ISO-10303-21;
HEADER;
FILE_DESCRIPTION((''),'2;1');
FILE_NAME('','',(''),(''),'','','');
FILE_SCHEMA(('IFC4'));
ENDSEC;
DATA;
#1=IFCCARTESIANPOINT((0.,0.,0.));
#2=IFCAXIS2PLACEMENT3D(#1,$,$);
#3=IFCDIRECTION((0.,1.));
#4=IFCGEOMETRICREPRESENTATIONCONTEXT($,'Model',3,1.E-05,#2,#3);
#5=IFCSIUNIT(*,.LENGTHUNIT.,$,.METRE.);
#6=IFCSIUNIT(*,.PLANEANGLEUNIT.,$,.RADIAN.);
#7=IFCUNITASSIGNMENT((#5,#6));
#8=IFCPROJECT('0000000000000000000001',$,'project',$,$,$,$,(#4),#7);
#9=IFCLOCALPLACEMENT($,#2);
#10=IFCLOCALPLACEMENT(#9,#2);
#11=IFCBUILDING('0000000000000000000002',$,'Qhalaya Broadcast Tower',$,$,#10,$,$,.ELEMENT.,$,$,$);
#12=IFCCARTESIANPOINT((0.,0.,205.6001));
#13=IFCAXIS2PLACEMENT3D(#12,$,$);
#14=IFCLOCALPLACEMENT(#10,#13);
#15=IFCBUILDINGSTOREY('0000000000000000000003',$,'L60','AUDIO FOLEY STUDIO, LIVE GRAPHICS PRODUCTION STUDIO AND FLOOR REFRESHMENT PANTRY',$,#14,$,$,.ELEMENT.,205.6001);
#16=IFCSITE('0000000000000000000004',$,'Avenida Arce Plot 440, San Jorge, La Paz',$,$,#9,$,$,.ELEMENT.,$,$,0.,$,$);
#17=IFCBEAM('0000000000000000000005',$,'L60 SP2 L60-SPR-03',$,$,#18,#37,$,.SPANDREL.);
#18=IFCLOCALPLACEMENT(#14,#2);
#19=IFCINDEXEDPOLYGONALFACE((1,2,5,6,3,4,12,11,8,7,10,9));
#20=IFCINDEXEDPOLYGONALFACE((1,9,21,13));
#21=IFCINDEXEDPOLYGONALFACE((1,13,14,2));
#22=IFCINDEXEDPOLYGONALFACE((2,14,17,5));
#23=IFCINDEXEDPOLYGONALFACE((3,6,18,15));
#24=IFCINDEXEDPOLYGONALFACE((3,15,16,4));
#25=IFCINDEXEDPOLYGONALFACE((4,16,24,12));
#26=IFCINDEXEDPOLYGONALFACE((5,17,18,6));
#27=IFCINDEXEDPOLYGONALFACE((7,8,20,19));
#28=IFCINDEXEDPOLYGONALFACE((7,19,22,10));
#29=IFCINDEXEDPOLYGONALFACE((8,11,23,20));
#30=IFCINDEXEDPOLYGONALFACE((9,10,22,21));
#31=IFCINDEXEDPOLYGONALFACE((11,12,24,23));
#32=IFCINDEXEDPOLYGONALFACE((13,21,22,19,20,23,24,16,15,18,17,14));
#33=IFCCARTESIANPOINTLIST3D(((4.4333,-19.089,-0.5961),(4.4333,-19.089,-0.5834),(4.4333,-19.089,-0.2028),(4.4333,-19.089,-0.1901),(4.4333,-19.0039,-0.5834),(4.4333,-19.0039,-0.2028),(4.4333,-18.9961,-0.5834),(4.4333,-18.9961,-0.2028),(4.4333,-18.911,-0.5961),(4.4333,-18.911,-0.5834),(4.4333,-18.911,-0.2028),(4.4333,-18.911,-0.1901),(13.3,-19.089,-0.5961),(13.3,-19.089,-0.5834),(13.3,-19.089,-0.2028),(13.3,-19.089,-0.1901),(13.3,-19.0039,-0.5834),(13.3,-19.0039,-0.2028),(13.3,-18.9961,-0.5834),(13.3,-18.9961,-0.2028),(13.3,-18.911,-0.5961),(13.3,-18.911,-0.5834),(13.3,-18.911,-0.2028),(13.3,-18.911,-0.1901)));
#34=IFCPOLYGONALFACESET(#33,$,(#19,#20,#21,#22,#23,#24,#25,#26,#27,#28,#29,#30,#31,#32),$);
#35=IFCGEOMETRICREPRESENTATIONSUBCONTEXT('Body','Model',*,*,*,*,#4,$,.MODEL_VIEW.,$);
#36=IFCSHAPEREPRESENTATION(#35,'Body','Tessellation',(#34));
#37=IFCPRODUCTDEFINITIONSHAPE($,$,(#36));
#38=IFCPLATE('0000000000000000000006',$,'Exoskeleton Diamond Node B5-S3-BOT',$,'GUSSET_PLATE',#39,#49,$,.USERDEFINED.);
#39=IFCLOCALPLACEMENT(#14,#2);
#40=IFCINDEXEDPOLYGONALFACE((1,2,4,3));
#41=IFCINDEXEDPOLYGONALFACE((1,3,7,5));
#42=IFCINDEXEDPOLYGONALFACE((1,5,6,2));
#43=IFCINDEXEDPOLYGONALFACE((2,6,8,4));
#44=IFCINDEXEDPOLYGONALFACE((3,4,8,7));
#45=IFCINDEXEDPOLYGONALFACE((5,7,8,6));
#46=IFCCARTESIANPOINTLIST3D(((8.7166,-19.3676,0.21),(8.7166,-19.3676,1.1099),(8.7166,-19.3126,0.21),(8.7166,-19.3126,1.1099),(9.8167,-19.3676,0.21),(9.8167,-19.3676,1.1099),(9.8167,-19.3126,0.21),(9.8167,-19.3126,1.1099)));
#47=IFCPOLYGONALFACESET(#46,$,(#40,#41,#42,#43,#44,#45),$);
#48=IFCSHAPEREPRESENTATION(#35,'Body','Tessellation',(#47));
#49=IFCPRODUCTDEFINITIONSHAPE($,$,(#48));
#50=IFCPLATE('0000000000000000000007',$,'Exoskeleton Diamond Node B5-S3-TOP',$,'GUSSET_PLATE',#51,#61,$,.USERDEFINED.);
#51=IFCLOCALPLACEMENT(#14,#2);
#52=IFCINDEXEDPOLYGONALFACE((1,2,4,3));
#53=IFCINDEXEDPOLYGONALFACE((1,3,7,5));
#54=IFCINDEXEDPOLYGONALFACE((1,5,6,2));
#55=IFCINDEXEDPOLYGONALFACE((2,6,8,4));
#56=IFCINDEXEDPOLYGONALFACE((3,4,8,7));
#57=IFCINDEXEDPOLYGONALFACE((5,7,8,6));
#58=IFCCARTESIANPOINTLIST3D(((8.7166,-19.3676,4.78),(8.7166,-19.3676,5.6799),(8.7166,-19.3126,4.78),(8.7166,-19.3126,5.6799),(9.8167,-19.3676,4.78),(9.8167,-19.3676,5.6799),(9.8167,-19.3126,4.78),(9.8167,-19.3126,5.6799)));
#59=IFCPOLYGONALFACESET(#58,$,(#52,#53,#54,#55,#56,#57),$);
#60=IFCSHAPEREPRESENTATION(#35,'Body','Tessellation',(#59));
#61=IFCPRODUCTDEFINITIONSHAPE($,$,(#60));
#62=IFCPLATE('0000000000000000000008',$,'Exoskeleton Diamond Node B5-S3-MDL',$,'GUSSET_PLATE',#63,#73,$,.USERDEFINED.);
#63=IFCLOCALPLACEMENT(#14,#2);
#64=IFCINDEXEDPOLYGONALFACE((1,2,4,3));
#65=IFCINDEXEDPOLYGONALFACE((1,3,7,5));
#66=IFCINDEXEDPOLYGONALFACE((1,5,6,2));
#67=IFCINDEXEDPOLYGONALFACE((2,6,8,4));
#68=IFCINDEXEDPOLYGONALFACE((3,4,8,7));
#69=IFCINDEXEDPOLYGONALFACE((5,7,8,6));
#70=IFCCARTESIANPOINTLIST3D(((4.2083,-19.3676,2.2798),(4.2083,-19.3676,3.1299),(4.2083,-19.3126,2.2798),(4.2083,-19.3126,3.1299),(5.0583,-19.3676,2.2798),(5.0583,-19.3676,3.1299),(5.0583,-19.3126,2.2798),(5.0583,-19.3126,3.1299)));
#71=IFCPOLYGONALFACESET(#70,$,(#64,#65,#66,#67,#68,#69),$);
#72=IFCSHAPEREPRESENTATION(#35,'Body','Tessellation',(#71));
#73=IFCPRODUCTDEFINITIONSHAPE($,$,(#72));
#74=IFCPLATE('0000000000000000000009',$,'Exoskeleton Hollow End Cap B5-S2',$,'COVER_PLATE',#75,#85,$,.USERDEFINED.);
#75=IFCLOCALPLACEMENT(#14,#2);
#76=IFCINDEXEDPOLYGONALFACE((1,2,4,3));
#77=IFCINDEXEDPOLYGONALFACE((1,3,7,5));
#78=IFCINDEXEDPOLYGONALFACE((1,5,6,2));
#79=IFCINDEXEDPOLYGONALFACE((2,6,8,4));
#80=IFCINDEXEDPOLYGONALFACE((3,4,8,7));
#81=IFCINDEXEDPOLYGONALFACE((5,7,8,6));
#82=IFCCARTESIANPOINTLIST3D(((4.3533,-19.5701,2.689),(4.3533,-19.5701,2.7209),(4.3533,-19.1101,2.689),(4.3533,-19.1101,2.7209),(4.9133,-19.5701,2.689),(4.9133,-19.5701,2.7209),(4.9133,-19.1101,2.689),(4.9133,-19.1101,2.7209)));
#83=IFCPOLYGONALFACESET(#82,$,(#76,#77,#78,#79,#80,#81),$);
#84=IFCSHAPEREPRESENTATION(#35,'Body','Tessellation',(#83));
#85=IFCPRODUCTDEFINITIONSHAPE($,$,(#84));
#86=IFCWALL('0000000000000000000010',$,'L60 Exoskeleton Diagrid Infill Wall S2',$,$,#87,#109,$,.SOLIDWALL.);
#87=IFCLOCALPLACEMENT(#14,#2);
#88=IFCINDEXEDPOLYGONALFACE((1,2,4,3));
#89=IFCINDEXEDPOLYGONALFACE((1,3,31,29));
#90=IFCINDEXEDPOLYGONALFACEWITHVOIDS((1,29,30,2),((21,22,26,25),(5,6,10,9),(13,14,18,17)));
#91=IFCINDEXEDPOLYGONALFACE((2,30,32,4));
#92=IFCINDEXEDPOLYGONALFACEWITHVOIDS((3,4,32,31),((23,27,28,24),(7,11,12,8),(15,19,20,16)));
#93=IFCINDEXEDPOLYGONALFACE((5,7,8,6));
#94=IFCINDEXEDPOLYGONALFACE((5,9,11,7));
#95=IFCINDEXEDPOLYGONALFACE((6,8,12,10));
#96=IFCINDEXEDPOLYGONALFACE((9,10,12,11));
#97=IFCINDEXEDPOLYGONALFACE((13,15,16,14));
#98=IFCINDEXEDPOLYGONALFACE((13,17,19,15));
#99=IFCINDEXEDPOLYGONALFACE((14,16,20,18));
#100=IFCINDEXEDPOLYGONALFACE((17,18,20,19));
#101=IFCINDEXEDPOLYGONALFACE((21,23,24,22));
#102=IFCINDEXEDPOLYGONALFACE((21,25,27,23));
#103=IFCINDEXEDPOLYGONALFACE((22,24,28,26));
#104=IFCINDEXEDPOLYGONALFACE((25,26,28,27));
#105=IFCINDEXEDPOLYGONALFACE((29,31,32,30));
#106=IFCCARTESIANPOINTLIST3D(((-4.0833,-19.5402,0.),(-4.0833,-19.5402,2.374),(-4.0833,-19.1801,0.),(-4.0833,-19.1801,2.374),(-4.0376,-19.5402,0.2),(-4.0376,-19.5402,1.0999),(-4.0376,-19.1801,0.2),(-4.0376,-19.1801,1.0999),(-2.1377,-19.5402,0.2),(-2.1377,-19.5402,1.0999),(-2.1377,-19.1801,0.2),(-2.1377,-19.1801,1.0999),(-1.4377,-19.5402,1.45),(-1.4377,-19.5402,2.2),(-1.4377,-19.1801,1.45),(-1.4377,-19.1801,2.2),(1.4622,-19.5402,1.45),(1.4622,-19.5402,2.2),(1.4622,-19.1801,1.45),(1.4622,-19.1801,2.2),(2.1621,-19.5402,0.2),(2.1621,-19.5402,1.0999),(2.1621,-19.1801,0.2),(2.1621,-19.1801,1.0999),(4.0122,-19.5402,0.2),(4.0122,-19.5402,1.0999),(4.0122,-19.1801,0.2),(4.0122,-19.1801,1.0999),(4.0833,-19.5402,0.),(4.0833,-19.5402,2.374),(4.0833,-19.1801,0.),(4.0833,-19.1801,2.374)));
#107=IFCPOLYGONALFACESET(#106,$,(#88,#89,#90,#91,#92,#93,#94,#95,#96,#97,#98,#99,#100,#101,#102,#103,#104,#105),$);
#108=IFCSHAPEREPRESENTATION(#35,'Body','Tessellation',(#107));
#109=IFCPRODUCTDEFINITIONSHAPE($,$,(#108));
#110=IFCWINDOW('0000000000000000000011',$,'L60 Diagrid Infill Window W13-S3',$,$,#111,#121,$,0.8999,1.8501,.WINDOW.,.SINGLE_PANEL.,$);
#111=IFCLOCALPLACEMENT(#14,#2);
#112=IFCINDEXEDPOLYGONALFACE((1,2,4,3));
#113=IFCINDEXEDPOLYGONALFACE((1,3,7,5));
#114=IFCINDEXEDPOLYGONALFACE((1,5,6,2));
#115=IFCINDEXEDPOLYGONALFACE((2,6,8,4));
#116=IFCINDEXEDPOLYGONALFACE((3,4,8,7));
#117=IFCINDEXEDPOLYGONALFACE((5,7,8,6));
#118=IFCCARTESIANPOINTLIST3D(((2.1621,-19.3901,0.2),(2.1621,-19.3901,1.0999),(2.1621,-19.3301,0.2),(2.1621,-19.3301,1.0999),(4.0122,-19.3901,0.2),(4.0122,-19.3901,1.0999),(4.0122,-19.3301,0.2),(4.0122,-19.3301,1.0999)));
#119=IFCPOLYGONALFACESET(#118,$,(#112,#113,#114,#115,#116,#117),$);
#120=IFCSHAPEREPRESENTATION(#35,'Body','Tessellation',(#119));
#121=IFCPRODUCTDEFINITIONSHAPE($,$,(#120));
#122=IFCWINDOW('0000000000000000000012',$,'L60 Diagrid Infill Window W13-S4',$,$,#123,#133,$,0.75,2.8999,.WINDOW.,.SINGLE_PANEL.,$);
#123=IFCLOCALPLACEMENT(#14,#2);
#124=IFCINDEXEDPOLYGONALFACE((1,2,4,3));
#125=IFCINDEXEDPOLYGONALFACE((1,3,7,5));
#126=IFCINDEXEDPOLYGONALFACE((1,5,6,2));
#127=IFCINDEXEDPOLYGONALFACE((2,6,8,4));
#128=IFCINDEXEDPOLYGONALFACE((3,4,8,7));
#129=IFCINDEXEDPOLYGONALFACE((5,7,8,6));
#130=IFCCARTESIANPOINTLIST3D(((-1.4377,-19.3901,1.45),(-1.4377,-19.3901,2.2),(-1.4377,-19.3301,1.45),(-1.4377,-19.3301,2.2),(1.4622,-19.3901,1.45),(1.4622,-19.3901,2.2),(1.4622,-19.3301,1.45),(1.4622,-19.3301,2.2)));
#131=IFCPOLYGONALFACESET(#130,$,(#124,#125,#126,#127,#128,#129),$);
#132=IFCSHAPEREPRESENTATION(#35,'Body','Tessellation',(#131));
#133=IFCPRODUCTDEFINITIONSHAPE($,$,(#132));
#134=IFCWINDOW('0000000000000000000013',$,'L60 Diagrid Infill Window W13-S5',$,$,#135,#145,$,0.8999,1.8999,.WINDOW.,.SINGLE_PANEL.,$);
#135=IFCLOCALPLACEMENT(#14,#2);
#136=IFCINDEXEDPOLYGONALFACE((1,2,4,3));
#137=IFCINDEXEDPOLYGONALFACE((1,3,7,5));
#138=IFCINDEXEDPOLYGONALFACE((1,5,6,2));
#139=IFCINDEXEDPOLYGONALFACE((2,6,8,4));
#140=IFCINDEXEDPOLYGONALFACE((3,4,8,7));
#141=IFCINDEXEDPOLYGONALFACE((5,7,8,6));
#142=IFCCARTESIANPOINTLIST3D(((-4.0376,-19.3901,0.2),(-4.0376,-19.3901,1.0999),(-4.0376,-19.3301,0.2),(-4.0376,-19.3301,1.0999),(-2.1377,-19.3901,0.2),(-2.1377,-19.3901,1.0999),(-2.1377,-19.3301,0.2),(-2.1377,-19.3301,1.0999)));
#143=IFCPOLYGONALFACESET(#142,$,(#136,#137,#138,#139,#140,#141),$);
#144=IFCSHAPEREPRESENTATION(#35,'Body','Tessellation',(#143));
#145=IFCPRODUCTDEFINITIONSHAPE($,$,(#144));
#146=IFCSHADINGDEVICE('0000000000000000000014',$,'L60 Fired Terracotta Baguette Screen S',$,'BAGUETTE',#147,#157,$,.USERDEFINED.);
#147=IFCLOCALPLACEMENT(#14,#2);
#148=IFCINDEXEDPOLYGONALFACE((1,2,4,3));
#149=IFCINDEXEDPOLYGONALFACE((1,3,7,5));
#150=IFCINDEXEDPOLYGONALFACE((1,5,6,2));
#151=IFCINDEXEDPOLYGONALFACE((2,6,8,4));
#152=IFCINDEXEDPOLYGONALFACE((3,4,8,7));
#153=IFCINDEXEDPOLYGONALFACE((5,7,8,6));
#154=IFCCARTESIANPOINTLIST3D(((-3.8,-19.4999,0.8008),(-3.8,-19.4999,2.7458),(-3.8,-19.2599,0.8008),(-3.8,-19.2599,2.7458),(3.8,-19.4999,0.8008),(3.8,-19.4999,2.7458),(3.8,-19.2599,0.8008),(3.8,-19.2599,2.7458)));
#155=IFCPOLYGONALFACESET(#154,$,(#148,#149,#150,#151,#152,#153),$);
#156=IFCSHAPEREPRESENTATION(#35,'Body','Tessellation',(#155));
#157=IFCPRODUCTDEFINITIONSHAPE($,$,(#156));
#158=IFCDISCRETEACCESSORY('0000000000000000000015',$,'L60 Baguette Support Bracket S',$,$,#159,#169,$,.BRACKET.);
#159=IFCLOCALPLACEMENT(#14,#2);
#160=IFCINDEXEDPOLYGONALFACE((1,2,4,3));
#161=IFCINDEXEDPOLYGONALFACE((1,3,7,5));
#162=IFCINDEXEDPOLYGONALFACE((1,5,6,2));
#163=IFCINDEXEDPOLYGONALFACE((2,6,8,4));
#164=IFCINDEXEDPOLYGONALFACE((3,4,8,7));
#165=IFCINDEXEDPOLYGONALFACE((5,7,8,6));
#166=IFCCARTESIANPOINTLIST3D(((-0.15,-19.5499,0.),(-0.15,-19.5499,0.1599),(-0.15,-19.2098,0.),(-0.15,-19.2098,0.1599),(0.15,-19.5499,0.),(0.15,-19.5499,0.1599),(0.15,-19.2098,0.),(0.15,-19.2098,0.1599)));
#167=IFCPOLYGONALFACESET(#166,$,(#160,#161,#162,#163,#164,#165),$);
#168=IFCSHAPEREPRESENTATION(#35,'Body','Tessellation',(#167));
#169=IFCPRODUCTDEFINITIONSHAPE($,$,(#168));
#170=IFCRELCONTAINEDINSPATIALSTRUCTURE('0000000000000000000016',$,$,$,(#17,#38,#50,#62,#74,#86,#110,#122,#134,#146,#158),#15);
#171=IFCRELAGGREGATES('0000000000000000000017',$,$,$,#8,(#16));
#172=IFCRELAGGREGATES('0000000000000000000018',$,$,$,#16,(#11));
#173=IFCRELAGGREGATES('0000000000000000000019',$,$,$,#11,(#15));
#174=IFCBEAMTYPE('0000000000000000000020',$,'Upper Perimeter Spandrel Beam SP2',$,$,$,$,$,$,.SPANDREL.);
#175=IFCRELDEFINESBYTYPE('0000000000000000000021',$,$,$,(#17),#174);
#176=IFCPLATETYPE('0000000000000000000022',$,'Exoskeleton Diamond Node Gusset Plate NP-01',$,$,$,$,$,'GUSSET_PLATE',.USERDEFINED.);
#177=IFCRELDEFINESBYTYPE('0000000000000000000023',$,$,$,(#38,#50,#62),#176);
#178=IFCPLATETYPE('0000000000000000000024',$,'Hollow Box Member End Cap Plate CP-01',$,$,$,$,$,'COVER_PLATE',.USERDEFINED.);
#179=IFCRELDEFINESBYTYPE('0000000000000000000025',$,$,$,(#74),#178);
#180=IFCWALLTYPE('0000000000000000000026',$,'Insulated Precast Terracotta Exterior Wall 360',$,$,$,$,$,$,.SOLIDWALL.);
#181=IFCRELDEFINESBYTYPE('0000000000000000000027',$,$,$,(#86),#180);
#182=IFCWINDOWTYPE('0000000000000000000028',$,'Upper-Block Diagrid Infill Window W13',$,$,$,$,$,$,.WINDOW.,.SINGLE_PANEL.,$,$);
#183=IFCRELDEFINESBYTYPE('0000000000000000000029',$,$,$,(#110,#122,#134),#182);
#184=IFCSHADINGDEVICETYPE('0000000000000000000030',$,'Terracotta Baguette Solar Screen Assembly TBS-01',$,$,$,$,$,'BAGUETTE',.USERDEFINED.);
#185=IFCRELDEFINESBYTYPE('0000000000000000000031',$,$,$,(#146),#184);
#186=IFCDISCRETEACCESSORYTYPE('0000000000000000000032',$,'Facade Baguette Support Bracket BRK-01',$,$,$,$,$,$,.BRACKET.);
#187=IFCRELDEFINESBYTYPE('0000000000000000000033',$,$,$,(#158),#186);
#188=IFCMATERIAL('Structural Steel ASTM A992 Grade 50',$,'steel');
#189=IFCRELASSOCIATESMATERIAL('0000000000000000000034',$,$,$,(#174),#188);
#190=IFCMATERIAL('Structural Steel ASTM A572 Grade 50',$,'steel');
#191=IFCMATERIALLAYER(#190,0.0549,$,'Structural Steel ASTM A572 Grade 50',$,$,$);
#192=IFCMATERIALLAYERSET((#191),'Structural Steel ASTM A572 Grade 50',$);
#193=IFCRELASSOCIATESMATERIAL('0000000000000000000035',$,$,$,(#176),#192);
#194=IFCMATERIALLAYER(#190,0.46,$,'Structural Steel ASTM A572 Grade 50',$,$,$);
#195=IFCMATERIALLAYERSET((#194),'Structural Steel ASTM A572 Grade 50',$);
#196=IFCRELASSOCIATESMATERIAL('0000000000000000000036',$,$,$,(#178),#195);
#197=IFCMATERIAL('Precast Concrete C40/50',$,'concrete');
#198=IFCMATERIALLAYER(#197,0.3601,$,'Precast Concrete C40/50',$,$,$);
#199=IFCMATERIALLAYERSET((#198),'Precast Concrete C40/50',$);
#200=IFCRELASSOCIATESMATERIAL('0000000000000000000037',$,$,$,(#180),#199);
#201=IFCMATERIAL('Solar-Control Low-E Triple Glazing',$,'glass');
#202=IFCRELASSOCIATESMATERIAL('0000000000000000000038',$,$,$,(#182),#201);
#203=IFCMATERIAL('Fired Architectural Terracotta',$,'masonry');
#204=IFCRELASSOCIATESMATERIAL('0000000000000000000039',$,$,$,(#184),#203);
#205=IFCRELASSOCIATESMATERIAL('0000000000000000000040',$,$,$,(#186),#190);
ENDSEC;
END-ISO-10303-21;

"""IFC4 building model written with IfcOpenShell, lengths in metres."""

from ifc_helpers import new_model, si_unit, direction, frame, frame_2d, origin, origin_2d, place, context, subcontext, project, spatial, rectangle, i_section, extrude, material, layer, layer_set, material_profile, profile_set, type_object, element, fill, save


model = new_model("IFC4")

# Units and contexts
model_context = context("Model", 3, precision=1e-05, world=origin(), true_north=direction((0.0, 1.0)))
body_context = subcontext(model_context, "Body", "Model", "MODEL_VIEW")
ifc_project = project(units=[si_unit("LENGTHUNIT", "METRE"), si_unit("PLANEANGLEUNIT", "RADIAN")], contexts=[model_context])

# Site, building, storey
site_placement = place(None, origin())
site = spatial("IfcSite", under=ifc_project, at=site_placement, Name="Avenida Arce Plot 440, San Jorge, La Paz", CompositionType="ELEMENT", RefElevation=0.0)
building_placement = place(site_placement, origin())
building = spatial("IfcBuilding", under=site, at=building_placement, Name="Qhalaya Broadcast Tower", CompositionType="ELEMENT")
storey_placement = place(building_placement, frame((0.0, 0.0, 205.6001)))
storey = spatial("IfcBuildingStorey", under=building, at=storey_placement, Name="L60", Description="AUDIO FOLEY STUDIO, LIVE GRAPHICS PRODUCTION STUDIO AND FLOOR REFRESHMENT PANTRY", CompositionType="ELEMENT", Elevation=205.6001)

# Shared definitions
ifc_material_1 = material(Name="Structural Steel ASTM A572 Grade 50", Category="steel")

# Shared definitions
ifc_material_2 = material(Name="Structural Steel ASTM A992 Grade 50", Category="steel")

# Beam
ifc_material_profile_1 = material_profile(ifc_material_2, i_section(OverallWidth=0.178, OverallDepth=0.406, WebThickness=0.0078, FlangeThickness=0.0127, at=origin_2d()), Name="W16X40")
ifc_profile_set_1 = profile_set([ifc_material_profile_1], Name="Structural Steel ASTM A992 Grade 50")
beam_type_1 = type_object("IfcBeamType", Name="Upper Perimeter Spandrel Beam SP2", PredefinedType="SPANDREL", material=ifc_profile_set_1)
beam_1_placement = place(storey_placement, frame((4.4333, -19.0, -0.3931), z_axis=(1.0, 0.0, 0.0), x_axis=(0.0, 1.0, 0.0)))
element("IfcBeam", 1, at=beam_1_placement, inside=storey, type_object=beam_type_1, Name="L60 SP2 L60-SPR-03", PredefinedType="SPANDREL", context=body_context, shape_type="SweptSolid", body=[
    extrude(i_section(OverallWidth=0.178, OverallDepth=0.406, WebThickness=0.0078, FlangeThickness=0.0127, at=origin_2d()), origin(), (0.0, 0.0, 1.0), 8.8667),
])

# Plates
ifc_layer_1 = layer(ifc_material_1, 0.0549, Name="Structural Steel ASTM A572 Grade 50")
ifc_layer_set_1 = layer_set([ifc_layer_1], Name="Structural Steel ASTM A572 Grade 50")
plate_type_1 = type_object("IfcPlateType", Name="Exoskeleton Diamond Node Gusset Plate NP-01", ElementType="GUSSET_PLATE", PredefinedType="USERDEFINED", material=ifc_layer_set_1)
for number, where, z_axis, x_axis, name in (
    (2, (9.2666, -19.3401, 0.21), (0.0, 0.0, 1.0), (1.0, 0.0, 0.0), "Exoskeleton Diamond Node B5-S3-BOT"),
    (3, (9.2666, -19.3401, 4.78), (0.0, 0.0, 1.0), (1.0, 0.0, 0.0), "Exoskeleton Diamond Node B5-S3-TOP"),
):
    element("IfcPlate", number, at=place(storey_placement, frame(where, z_axis=z_axis, x_axis=x_axis)), inside=storey, type_object=plate_type_1, Name=name, ObjectType="GUSSET_PLATE", PredefinedType="USERDEFINED", context=body_context, shape_type="SweptSolid", body=[
        extrude(rectangle(XDim=1.1001, YDim=0.0549, at=origin_2d()), origin(), (0.0, 0.0, 1.0), 0.8999),
    ])
plate_1_placement = place(storey_placement, frame((4.6333, -19.3401, 2.2798), z_axis=(0.0, 0.0, 1.0), x_axis=(1.0, 0.0, 0.0)))
element("IfcPlate", 4, at=plate_1_placement, inside=storey, type_object=plate_type_1, Name="Exoskeleton Diamond Node B5-S3-MDL", ObjectType="GUSSET_PLATE", PredefinedType="USERDEFINED", context=body_context, shape_type="SweptSolid", body=[
    extrude(rectangle(XDim=0.8501, YDim=0.0549, at=origin_2d()), origin(), (0.0, 0.0, 1.0), 0.8501),
])
ifc_layer_2 = layer(ifc_material_1, 0.46, Name="Structural Steel ASTM A572 Grade 50")
ifc_layer_set_2 = layer_set([ifc_layer_2], Name="Structural Steel ASTM A572 Grade 50")
plate_type_2 = type_object("IfcPlateType", Name="Hollow Box Member End Cap Plate CP-01", ElementType="COVER_PLATE", PredefinedType="USERDEFINED", material=ifc_layer_set_2)
plate_2_placement = place(storey_placement, frame((4.6333, -19.3401, 2.689), z_axis=(0.0, 0.0, 1.0), x_axis=(1.0, 0.0, 0.0)))
element("IfcPlate", 5, at=plate_2_placement, inside=storey, type_object=plate_type_2, Name="Exoskeleton Hollow End Cap B5-S2", ObjectType="COVER_PLATE", PredefinedType="USERDEFINED", context=body_context, shape_type="SweptSolid", body=[
    extrude(rectangle(XDim=0.5601, YDim=0.46, at=origin_2d()), origin(), (0.0, 0.0, 1.0), 0.032),
])

# Wall, openings, windows
ifc_material_3 = material(Name="Precast Concrete C40/50", Category="concrete")
ifc_layer_3 = layer(ifc_material_3, 0.3601, Name="Precast Concrete C40/50")
ifc_layer_set_3 = layer_set([ifc_layer_3], Name="Precast Concrete C40/50")
wall_type = type_object("IfcWallType", Name="Insulated Precast Terracotta Exterior Wall 360", PredefinedType="SOLIDWALL", material=ifc_layer_set_3)
wall_placement = place(storey_placement, frame((4.0833, -19.3601, 0.0), z_axis=(0.0, 0.0, 1.0), x_axis=(-1.0, 0.0, 0.0)))
wall = element("IfcWall", 6, at=wall_placement, inside=storey, type_object=wall_type, Name="L60 Exoskeleton Diagrid Infill Wall S2", PredefinedType="SOLIDWALL", context=body_context, shape_type="SweptSolid", body=[
    extrude(rectangle(XDim=8.1665, YDim=0.3601, at=frame_2d((4.0833, 0.0))), origin(), (0.0, 0.0, 1.0), 2.374),
])
opening_1_placement = place(wall_placement, frame((0.071, 0.0, 0.2)))
opening_1 = element("IfcOpeningElement", 7, at=opening_1_placement, cuts=wall, PredefinedType="OPENING", context=body_context, shape_type="SweptSolid", body=[
    extrude(rectangle(XDim=1.8501, YDim=0.8999, at=frame_2d((0.925, 0.45))), frame((0.0, 0.1921, 0.0), z_axis=(0.0, -1.0, 0.0), x_axis=(1.0, 0.0, 0.0)), (0.0, 0.0, 1.0), 0.384),
])
opening_2_placement = place(wall_placement, frame((2.6211, 0.0, 1.45)))
opening_2 = element("IfcOpeningElement", 8, at=opening_2_placement, cuts=wall, PredefinedType="OPENING", context=body_context, shape_type="SweptSolid", body=[
    extrude(rectangle(XDim=2.8999, YDim=0.75, at=frame_2d((1.45, 0.375))), frame((0.0, 0.1921, 0.0), z_axis=(0.0, -1.0, 0.0), x_axis=(1.0, 0.0, 0.0)), (0.0, 0.0, 1.0), 0.384),
])
opening_3_placement = place(wall_placement, frame((6.2209, 0.0, 0.2)))
opening_3 = element("IfcOpeningElement", 9, at=opening_3_placement, cuts=wall, PredefinedType="OPENING", context=body_context, shape_type="SweptSolid", body=[
    extrude(rectangle(XDim=1.8999, YDim=0.8999, at=frame_2d((0.95, 0.45))), frame((0.0, 0.1921, 0.0), z_axis=(0.0, -1.0, 0.0), x_axis=(1.0, 0.0, 0.0)), (0.0, 0.0, 1.0), 0.384),
])
ifc_material_4 = material(Name="Solar-Control Low-E Triple Glazing", Category="glass")
window_type = type_object("IfcWindowType", Name="Upper-Block Diagrid Infill Window W13", PartitioningType="SINGLE_PANEL", PredefinedType="WINDOW", material=ifc_material_4)
window_1_placement = place(opening_1_placement, origin())
window_1 = element("IfcWindow", 10, at=window_1_placement, inside=storey, type_object=window_type, Name="L60 Diagrid Infill Window W13-S3", OverallHeight=0.8999, OverallWidth=1.8501, PartitioningType="SINGLE_PANEL", PredefinedType="WINDOW", context=body_context, shape_type="SweptSolid", body=[
    extrude(rectangle(XDim=1.8501, YDim=0.8999, at=frame_2d((0.925, 0.45))), frame((0.0, 0.03, 0.0), z_axis=(0.0, -1.0, 0.0), x_axis=(1.0, 0.0, 0.0)), (0.0, 0.0, 1.0), 0.0601),
])
fill(opening_1, window_1)
window_2_placement = place(opening_2_placement, origin())
window_2 = element("IfcWindow", 11, at=window_2_placement, inside=storey, type_object=window_type, Name="L60 Diagrid Infill Window W13-S4", OverallHeight=0.75, OverallWidth=2.8999, PartitioningType="SINGLE_PANEL", PredefinedType="WINDOW", context=body_context, shape_type="SweptSolid", body=[
    extrude(rectangle(XDim=2.8999, YDim=0.75, at=frame_2d((1.45, 0.375))), frame((0.0, 0.03, 0.0), z_axis=(0.0, -1.0, 0.0), x_axis=(1.0, 0.0, 0.0)), (0.0, 0.0, 1.0), 0.0601),
])
fill(opening_2, window_2)
window_3_placement = place(opening_3_placement, origin())
window_3 = element("IfcWindow", 12, at=window_3_placement, inside=storey, type_object=window_type, Name="L60 Diagrid Infill Window W13-S5", OverallHeight=0.8999, OverallWidth=1.8999, PartitioningType="SINGLE_PANEL", PredefinedType="WINDOW", context=body_context, shape_type="SweptSolid", body=[
    extrude(rectangle(XDim=1.8999, YDim=0.8999, at=frame_2d((0.95, 0.45))), frame((0.0, 0.03, 0.0), z_axis=(0.0, -1.0, 0.0), x_axis=(1.0, 0.0, 0.0)), (0.0, 0.0, 1.0), 0.0601),
])
fill(opening_3, window_3)

# Shading device
ifc_material_5 = material(Name="Fired Architectural Terracotta", Category="masonry")
shading_device_type = type_object("IfcShadingDeviceType", Name="Terracotta Baguette Solar Screen Assembly TBS-01", ElementType="BAGUETTE", PredefinedType="USERDEFINED", material=ifc_material_5)
shading_device_placement = place(storey_placement, frame((0.0, -19.3799, 0.8008), z_axis=(0.0, 0.0, 1.0), x_axis=(1.0, 0.0, 0.0)))
element("IfcShadingDevice", 13, at=shading_device_placement, inside=storey, type_object=shading_device_type, Name="L60 Fired Terracotta Baguette Screen S", ObjectType="BAGUETTE", PredefinedType="USERDEFINED", context=body_context, shape_type="SweptSolid", body=[
    extrude(rectangle(XDim=7.6001, YDim=0.24, at=origin_2d()), origin(), (0.0, 0.0, 1.0), 1.9451),
])

# Discrete accessory
discrete_accessory_type = type_object("IfcDiscreteAccessoryType", Name="Facade Baguette Support Bracket BRK-01", PredefinedType="BRACKET", material=ifc_material_1)
discrete_accessory_placement = place(storey_placement, frame((0.0, -19.3799, 0.0), z_axis=(0.0, 0.0, 1.0), x_axis=(1.0, 0.0, 0.0)))
element("IfcDiscreteAccessory", 14, at=discrete_accessory_placement, inside=storey, type_object=discrete_accessory_type, Name="L60 Baguette Support Bracket S", PredefinedType="BRACKET", context=body_context, shape_type="SweptSolid", body=[
    extrude(rectangle(XDim=0.3, YDim=0.3401, at=origin_2d()), origin(), (0.0, 0.0, 1.0), 0.1599),
])

save(model, "model.ifc")
